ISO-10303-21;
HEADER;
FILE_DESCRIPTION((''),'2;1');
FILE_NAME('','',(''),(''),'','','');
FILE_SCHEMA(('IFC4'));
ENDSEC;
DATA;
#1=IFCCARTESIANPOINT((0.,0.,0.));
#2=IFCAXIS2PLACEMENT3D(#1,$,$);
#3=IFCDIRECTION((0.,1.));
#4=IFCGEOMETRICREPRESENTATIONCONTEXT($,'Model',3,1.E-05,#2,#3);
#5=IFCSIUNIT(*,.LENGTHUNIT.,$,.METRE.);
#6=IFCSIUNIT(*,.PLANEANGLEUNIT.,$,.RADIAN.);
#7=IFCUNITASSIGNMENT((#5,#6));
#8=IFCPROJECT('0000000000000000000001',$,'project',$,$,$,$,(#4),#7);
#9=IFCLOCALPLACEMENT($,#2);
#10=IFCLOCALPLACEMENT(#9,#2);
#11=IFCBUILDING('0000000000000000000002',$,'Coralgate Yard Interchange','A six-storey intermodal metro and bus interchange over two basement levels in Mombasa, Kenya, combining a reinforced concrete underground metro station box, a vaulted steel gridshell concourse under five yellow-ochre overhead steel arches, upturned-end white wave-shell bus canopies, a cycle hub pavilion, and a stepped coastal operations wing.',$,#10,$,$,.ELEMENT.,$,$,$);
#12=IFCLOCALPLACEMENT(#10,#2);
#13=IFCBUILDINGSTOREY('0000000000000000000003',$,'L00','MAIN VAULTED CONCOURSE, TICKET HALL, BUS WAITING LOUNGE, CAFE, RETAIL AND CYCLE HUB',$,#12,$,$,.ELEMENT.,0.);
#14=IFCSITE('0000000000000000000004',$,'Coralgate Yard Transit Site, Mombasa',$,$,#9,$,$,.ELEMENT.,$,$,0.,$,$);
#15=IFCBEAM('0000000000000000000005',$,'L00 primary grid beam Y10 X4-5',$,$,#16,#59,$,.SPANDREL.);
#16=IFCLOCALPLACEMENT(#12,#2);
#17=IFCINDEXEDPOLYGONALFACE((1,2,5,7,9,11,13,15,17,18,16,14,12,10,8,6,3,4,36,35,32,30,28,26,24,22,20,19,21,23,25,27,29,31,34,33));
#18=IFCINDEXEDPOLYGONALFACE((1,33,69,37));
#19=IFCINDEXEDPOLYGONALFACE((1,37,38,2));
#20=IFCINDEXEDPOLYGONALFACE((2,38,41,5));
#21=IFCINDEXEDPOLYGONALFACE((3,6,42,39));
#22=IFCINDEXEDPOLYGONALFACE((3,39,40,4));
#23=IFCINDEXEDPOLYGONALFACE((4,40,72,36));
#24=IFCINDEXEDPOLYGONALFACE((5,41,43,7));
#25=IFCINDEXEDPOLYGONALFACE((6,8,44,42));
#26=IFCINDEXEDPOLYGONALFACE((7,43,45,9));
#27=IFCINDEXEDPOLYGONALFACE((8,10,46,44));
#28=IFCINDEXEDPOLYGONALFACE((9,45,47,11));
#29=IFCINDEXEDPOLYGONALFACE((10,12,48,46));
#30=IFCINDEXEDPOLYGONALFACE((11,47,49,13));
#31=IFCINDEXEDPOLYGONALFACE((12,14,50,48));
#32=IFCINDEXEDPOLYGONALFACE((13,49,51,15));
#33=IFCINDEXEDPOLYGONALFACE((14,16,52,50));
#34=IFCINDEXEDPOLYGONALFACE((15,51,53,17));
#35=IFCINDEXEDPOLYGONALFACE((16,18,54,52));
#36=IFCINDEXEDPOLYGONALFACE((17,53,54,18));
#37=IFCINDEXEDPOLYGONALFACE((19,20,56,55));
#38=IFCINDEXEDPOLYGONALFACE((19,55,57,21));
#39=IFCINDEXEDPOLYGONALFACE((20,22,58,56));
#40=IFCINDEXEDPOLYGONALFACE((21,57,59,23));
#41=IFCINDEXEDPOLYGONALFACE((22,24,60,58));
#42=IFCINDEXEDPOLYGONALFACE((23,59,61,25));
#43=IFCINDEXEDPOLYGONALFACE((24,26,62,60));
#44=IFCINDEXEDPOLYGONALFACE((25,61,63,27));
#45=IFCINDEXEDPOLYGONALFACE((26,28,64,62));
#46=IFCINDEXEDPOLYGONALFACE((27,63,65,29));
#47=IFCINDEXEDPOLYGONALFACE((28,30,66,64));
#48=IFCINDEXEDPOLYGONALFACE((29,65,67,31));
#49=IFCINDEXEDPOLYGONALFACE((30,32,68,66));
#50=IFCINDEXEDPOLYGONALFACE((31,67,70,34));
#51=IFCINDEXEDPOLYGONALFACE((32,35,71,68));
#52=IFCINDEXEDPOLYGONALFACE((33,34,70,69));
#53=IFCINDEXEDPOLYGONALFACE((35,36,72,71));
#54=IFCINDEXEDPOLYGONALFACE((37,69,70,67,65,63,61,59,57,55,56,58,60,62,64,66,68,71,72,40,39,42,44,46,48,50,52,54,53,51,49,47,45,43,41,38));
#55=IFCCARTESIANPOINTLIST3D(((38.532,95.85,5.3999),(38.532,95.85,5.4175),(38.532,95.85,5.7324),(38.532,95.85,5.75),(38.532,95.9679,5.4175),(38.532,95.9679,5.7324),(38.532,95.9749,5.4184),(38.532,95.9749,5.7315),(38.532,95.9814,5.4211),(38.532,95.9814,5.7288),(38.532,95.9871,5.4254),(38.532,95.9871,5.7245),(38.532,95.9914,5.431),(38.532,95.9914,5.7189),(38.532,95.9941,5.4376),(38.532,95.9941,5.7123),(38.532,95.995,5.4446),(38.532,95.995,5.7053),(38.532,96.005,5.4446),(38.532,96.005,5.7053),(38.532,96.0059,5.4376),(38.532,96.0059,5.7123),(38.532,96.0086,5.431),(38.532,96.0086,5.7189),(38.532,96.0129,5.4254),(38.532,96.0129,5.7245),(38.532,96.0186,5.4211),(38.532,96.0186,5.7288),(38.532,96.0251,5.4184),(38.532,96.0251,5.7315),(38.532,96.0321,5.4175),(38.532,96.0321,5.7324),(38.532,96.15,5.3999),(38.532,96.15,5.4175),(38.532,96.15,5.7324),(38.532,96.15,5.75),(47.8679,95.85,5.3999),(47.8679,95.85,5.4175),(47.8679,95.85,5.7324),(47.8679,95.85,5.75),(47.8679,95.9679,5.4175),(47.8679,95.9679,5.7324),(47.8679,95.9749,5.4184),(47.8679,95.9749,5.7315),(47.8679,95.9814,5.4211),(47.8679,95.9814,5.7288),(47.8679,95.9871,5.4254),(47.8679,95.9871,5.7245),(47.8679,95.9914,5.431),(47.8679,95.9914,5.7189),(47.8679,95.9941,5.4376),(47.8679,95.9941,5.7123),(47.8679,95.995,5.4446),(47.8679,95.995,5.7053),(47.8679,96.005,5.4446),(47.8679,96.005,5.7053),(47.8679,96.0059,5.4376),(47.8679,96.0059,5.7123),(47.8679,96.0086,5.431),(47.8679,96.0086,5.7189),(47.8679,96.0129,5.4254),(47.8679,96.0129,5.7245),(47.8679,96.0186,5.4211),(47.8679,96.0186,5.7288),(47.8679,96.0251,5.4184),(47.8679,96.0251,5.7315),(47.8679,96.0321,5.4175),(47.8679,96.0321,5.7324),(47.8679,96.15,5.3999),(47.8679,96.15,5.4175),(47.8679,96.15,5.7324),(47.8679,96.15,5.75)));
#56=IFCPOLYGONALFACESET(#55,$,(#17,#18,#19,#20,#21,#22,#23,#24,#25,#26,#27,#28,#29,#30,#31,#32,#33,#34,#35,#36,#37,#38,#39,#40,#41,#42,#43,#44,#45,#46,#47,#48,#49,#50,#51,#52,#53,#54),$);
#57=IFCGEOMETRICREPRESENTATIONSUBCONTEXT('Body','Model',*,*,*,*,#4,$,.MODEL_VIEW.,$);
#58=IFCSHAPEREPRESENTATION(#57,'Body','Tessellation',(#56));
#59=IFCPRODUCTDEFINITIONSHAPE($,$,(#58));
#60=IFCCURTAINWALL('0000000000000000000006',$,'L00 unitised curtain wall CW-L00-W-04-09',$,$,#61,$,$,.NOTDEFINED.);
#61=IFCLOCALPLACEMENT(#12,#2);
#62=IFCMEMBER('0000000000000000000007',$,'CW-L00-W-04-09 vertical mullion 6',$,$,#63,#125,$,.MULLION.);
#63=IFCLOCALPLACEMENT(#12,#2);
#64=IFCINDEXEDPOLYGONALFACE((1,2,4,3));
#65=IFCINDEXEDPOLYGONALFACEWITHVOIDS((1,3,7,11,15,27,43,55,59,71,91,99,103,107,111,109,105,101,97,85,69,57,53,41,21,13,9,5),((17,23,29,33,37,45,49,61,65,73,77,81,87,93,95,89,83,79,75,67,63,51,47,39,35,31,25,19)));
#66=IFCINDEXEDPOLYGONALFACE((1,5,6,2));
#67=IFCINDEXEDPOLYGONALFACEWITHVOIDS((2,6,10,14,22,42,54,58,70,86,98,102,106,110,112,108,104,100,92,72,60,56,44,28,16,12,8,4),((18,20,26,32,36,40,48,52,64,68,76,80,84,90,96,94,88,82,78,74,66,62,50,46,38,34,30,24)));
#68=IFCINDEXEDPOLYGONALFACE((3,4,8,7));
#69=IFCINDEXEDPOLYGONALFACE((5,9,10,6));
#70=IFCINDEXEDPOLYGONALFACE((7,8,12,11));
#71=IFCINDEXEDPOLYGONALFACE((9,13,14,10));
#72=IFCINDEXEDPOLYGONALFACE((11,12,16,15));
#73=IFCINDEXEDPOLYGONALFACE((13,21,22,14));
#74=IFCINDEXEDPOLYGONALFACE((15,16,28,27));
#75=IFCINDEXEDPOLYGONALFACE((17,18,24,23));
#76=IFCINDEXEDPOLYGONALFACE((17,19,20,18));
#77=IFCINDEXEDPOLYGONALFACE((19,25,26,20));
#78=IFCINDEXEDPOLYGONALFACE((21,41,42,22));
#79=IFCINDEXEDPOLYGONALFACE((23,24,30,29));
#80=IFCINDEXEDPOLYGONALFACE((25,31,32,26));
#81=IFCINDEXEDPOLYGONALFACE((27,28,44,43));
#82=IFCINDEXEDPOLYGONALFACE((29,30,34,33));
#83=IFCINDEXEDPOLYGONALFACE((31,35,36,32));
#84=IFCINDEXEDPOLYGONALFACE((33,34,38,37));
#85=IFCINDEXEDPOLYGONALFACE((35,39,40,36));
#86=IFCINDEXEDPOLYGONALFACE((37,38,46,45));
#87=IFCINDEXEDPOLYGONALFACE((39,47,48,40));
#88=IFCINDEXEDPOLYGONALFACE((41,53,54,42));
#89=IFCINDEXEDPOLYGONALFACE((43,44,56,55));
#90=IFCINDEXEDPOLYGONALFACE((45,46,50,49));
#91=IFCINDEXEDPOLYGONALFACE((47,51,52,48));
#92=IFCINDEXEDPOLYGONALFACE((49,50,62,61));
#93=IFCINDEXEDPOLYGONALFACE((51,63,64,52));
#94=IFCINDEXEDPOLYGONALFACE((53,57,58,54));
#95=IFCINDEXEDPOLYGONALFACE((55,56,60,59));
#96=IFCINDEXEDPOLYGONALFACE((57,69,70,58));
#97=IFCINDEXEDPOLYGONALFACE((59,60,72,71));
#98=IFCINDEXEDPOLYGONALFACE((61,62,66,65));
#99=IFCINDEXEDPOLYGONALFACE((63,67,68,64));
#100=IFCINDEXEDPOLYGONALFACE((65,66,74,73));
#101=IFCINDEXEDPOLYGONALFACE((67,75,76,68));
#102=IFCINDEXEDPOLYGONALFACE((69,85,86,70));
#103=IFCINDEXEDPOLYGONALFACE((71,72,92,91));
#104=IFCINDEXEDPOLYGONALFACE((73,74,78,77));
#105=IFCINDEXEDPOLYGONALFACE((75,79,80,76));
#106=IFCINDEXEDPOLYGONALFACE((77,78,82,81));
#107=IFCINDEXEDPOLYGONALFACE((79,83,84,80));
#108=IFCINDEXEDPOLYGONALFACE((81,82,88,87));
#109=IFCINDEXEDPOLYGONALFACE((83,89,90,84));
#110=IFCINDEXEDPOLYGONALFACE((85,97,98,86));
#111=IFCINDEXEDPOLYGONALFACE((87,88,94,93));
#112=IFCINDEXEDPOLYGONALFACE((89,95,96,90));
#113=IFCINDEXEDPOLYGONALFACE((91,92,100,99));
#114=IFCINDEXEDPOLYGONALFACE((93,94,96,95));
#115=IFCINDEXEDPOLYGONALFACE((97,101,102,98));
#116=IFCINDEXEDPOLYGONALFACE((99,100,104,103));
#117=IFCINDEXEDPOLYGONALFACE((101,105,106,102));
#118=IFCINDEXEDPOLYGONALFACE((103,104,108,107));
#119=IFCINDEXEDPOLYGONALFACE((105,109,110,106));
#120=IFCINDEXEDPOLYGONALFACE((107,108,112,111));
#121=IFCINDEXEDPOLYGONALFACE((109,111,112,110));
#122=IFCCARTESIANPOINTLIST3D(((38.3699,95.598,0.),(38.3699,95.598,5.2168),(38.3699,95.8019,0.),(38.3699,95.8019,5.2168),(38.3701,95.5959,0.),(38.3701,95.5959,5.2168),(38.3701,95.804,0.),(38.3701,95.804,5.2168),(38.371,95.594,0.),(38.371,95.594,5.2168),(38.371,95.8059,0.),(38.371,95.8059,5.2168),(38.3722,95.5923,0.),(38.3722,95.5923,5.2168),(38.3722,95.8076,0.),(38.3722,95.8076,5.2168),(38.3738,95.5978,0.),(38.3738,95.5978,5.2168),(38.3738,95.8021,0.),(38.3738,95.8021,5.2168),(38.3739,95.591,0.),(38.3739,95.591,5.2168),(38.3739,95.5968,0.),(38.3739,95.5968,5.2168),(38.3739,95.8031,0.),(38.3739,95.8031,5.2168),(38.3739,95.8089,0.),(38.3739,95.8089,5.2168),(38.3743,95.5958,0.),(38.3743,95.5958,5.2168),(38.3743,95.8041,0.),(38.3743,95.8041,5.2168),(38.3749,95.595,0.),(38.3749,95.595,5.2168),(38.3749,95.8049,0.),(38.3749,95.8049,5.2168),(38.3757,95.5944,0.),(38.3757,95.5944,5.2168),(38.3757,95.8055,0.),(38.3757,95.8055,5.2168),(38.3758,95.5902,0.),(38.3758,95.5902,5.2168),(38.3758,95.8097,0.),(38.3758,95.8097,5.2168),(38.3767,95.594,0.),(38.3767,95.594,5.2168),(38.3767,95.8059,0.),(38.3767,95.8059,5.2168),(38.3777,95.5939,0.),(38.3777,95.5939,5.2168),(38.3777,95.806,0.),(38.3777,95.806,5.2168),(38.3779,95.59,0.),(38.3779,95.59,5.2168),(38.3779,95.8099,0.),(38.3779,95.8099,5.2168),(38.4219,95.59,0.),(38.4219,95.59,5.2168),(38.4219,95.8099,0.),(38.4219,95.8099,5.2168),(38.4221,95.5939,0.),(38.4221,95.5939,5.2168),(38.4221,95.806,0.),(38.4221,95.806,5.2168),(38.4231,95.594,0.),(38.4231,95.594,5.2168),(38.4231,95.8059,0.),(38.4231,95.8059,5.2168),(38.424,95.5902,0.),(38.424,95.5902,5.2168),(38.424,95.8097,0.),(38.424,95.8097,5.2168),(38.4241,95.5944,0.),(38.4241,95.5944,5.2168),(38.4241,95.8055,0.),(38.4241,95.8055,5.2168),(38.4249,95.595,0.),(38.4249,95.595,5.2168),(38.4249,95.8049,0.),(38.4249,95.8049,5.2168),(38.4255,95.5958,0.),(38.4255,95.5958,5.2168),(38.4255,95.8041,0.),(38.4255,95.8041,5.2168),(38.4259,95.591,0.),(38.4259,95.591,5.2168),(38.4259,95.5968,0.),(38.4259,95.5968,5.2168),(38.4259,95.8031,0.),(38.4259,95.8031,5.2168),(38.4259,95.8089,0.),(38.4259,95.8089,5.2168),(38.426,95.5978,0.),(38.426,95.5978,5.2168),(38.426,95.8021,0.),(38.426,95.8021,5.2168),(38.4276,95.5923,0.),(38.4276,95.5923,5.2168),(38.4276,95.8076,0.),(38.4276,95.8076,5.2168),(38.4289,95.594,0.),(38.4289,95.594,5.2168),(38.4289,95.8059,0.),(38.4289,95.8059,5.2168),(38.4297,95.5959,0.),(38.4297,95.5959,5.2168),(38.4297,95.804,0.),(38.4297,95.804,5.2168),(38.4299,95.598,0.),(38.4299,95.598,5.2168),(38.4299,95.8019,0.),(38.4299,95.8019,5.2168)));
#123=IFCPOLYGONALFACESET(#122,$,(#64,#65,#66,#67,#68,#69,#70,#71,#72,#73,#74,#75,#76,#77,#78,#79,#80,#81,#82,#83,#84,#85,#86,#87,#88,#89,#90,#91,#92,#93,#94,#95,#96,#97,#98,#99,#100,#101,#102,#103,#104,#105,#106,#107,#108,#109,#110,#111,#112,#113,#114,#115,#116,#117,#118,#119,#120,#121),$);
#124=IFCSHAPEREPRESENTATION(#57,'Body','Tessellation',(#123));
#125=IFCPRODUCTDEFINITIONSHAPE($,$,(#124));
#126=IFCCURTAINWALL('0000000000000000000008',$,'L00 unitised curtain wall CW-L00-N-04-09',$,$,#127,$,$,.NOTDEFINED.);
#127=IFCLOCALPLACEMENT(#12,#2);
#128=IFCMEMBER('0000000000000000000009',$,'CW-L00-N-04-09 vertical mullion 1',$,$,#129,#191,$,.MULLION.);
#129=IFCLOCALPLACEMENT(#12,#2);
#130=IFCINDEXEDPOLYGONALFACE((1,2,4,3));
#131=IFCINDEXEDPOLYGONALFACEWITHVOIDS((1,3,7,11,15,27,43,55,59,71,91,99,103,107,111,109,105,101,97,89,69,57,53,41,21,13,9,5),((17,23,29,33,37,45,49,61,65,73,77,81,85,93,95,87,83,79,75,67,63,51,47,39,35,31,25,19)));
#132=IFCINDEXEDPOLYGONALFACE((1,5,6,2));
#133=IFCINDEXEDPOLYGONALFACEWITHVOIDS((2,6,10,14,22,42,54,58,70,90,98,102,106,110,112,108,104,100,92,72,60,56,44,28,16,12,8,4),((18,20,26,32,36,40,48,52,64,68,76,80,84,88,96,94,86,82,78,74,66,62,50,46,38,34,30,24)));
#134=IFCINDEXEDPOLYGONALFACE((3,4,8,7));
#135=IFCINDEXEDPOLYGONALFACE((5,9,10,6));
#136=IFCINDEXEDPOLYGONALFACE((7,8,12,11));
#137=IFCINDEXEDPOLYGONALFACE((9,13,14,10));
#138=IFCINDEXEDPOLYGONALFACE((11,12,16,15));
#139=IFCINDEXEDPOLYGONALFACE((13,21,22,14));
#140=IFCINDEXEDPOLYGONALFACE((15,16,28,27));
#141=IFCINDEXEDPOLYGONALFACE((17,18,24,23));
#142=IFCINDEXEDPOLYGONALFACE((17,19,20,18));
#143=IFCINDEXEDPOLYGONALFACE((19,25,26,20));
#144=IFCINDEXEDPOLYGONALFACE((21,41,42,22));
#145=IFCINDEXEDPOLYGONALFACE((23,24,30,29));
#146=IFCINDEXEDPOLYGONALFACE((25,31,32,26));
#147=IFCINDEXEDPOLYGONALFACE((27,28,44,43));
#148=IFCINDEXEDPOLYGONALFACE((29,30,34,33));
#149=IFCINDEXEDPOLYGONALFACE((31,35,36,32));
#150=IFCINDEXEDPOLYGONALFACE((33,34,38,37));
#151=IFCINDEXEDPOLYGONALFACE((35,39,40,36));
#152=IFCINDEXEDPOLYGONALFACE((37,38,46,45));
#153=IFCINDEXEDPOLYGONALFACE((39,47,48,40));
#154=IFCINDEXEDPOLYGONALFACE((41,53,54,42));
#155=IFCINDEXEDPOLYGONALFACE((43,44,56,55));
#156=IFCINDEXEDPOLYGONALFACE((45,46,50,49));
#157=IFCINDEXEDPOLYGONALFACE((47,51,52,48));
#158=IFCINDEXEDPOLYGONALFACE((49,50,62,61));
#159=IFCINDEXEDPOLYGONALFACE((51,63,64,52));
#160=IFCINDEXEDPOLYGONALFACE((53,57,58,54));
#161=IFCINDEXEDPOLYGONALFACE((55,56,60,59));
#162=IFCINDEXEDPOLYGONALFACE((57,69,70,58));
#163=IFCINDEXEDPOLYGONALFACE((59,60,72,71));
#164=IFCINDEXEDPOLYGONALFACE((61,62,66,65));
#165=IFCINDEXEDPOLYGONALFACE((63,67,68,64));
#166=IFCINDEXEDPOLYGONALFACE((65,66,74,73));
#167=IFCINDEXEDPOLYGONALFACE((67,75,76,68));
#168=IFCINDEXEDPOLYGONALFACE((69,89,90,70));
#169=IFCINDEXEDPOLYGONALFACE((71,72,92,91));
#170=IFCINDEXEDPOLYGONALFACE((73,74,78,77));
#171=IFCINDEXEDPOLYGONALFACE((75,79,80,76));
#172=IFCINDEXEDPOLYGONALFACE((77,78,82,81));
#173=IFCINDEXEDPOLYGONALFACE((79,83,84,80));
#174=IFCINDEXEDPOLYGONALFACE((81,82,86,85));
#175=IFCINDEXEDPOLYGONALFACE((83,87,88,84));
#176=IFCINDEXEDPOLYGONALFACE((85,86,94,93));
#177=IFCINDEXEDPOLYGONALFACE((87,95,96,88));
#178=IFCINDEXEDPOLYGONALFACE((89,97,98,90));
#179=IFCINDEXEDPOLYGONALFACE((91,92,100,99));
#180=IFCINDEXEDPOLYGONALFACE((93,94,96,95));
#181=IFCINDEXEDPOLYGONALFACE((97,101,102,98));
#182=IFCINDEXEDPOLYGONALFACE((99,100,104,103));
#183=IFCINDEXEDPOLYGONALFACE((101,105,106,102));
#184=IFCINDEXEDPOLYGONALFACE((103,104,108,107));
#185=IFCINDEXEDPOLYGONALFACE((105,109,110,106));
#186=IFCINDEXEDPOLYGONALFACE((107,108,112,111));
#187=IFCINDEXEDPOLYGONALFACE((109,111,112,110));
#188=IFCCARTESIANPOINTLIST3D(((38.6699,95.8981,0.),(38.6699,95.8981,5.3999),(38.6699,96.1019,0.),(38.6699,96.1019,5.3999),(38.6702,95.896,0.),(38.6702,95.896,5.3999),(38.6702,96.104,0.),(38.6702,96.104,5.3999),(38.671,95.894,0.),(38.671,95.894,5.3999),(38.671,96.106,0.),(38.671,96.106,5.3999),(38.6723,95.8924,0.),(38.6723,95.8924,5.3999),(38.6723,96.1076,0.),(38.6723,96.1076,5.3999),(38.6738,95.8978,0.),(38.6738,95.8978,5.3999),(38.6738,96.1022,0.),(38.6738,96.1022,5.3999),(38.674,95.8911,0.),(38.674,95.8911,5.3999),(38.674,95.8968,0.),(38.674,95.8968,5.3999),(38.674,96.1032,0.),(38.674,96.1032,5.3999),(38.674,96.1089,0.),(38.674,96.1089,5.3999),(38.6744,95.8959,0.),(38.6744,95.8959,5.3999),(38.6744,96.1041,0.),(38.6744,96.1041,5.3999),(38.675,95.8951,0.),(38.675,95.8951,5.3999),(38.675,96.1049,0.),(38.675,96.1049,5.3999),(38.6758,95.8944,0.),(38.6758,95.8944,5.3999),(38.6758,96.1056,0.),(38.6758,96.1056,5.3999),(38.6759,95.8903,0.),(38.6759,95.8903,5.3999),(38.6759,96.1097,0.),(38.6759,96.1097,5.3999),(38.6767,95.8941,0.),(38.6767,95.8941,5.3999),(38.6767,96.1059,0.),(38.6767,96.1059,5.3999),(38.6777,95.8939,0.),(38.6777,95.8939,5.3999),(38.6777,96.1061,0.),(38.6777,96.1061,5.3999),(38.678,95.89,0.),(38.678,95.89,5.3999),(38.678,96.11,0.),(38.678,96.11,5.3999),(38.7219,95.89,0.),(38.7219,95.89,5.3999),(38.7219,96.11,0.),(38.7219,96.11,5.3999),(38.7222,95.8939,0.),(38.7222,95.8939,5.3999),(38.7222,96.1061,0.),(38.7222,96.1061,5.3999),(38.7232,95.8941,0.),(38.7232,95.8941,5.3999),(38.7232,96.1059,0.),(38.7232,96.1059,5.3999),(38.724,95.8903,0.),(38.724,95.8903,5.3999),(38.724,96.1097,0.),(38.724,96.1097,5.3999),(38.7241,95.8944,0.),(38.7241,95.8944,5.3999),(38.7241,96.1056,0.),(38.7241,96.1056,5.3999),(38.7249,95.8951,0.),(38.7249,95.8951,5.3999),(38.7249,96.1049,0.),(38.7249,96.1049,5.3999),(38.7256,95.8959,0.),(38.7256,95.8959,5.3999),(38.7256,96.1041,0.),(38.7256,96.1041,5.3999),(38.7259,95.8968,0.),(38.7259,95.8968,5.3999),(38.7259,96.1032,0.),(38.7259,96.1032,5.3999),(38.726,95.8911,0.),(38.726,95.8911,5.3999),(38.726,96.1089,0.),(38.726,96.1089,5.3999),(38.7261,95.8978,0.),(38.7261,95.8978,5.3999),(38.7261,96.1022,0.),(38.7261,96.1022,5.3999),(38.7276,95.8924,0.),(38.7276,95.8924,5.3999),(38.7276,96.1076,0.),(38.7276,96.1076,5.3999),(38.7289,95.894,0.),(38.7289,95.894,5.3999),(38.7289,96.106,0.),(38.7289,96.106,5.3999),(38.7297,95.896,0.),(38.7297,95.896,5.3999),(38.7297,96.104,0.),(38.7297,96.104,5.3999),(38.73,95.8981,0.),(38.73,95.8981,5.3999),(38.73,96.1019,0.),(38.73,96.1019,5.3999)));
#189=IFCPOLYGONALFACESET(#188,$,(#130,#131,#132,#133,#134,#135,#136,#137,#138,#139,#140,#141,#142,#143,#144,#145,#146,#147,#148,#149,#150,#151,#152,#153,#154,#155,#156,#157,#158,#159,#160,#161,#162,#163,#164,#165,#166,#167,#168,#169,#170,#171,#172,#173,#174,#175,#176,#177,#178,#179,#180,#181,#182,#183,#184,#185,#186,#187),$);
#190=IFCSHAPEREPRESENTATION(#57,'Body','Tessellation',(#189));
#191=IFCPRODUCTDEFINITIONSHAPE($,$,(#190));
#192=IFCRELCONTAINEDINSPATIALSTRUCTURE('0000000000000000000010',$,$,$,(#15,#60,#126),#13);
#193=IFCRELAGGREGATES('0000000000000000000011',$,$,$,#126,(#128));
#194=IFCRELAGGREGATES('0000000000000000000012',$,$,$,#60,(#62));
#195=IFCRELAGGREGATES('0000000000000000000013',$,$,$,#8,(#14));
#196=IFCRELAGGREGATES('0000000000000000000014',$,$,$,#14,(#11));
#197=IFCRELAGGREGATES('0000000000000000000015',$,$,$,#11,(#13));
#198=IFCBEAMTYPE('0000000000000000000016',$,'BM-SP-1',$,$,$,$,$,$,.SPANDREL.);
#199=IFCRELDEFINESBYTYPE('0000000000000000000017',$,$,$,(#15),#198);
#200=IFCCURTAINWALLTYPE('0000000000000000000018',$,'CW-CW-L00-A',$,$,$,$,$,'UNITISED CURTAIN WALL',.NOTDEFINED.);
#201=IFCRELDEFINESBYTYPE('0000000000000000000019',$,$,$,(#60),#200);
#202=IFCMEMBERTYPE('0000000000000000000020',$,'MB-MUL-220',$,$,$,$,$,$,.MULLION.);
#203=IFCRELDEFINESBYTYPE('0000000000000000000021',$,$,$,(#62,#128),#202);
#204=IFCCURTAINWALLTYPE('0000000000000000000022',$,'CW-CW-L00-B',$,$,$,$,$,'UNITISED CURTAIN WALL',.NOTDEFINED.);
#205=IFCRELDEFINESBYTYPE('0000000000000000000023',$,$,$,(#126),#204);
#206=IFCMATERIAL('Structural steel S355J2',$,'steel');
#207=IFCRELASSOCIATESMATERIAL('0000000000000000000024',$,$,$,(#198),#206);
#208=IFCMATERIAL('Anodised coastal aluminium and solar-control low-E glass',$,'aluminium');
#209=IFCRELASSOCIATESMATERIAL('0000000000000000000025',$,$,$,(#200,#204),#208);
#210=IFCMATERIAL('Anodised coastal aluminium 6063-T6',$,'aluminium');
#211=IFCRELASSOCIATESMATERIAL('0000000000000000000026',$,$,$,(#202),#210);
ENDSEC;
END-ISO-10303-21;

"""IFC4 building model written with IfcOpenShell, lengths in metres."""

from ifc_helpers import new_model, si_unit, direction, frame, origin, origin_2d, place, context, subcontext, project, spatial, hollow_rectangle, i_section, extrude, material, material_profile, profile_set, type_object, element, aggregate, save


model = new_model("IFC4")

# Units and contexts
model_context = context("Model", 3, precision=1e-05, world=origin(), true_north=direction((0.0, 1.0)))
body_context = subcontext(model_context, "Body", "Model", "MODEL_VIEW")
ifc_project = project(units=[si_unit("LENGTHUNIT", "METRE"), si_unit("PLANEANGLEUNIT", "RADIAN")], contexts=[model_context])

# Site, building, storey
site_placement = place(None, origin())
site = spatial("IfcSite", under=ifc_project, at=site_placement, Name="Coralgate Yard Transit Site, Mombasa", CompositionType="ELEMENT", RefElevation=0.0)
building_placement = place(site_placement, origin())
building = spatial("IfcBuilding", under=site, at=building_placement, Name="Coralgate Yard Interchange", Description="A six-storey intermodal metro and bus interchange over two basement levels in Mombasa, Kenya, combining a reinforced concrete underground metro station box, a vaulted steel gridshell concourse under five yellow-ochre overhead steel arches, upturned-end white wave-shell bus canopies, a cycle hub pavilion, and a stepped coastal operations wing.", CompositionType="ELEMENT")
storey_placement = place(building_placement, origin())
storey = spatial("IfcBuildingStorey", under=building, at=storey_placement, Name="L00", Description="MAIN VAULTED CONCOURSE, TICKET HALL, BUS WAITING LOUNGE, CAFE, RETAIL AND CYCLE HUB", CompositionType="ELEMENT", Elevation=0.0)

# Shared definitions
ifc_material_1 = material(Name="Structural steel S355J2", Category="steel")

# Beam
ifc_material_profile_1 = material_profile(ifc_material_1, i_section(OverallWidth=0.3, OverallDepth=0.3501, WebThickness=0.01, FlangeThickness=0.0176, FilletRadius=0.0271, at=origin_2d()), Name="HEA 360")
ifc_profile_set_1 = profile_set([ifc_material_profile_1], Name="Structural steel S355J2")
beam_type_1 = type_object("IfcBeamType", Name="BM-SP-1", PredefinedType="SPANDREL", material=ifc_profile_set_1)
beam_placement = place(storey_placement, frame((38.532, 96.0, 5.575), z_axis=(1.0, 0.0, 0.0), x_axis=(0.0, 1.0, 0.0)))
element("IfcBeam", 1, at=beam_placement, inside=storey, type_object=beam_type_1, Name="L00 primary grid beam Y10 X4-5", PredefinedType="SPANDREL", context=body_context, shape_type="SweptSolid", body=[
    extrude(i_section(OverallWidth=0.3, OverallDepth=0.3501, WebThickness=0.01, FlangeThickness=0.0176, FilletRadius=0.0271, at=origin_2d()), origin(), (0.0, 0.0, 1.0), 9.3359),
])

# Curtain wall, member
ifc_material_2 = material(Name="Anodised coastal aluminium and solar-control low-E glass", Category="aluminium")
curtain_wall_type_1 = type_object("IfcCurtainWallType", Name="CW-CW-L00-A", ElementType="UNITISED CURTAIN WALL", PredefinedType="NOTDEFINED", material=ifc_material_2)
curtain_wall_1_placement = place(storey_placement, origin())
curtain_wall_1 = element("IfcCurtainWall", 2, at=curtain_wall_1_placement, inside=storey, type_object=curtain_wall_type_1, Name="L00 unitised curtain wall CW-L00-W-04-09", PredefinedType="NOTDEFINED")
ifc_material_3 = material(Name="Anodised coastal aluminium 6063-T6", Category="aluminium")
ifc_material_profile_2 = material_profile(ifc_material_3, hollow_rectangle(XDim=0.0601, YDim=0.22, WallThickness=0.0039, InnerFilletRadius=0.0039, OuterFilletRadius=0.0081, at=origin_2d()), Name="ALU 60x220x4")
ifc_profile_set_2 = profile_set([ifc_material_profile_2], Name="Anodised coastal aluminium 6063-T6")
member_type_1 = type_object("IfcMemberType", Name="MB-MUL-220", PredefinedType="MULLION", material=ifc_profile_set_2)
member_1_placement = place(storey_placement, frame((38.3999, 95.7, 0.0), z_axis=(0.0, 0.0, 1.0), x_axis=(1.0, 0.0, 0.0)))
member_1 = element("IfcMember", 3, at=member_1_placement, type_object=member_type_1, Name="CW-L00-W-04-09 vertical mullion 6", PredefinedType="MULLION", context=body_context, shape_type="SweptSolid", body=[
    extrude(hollow_rectangle(XDim=0.0601, YDim=0.22, WallThickness=0.0039, InnerFilletRadius=0.0039, OuterFilletRadius=0.0081, at=origin_2d()), origin(), (0.0, 0.0, 1.0), 5.2168),
])

# Curtain wall, member
curtain_wall_type_2 = type_object("IfcCurtainWallType", Name="CW-CW-L00-B", ElementType="UNITISED CURTAIN WALL", PredefinedType="NOTDEFINED", material=ifc_material_2)
curtain_wall_2_placement = place(storey_placement, origin())
curtain_wall_2 = element("IfcCurtainWall", 4, at=curtain_wall_2_placement, inside=storey, type_object=curtain_wall_type_2, Name="L00 unitised curtain wall CW-L00-N-04-09", PredefinedType="NOTDEFINED")
member_2_placement = place(storey_placement, frame((38.7, 96.0, 0.0), z_axis=(0.0, 0.0, 1.0), x_axis=(1.0, 0.0, 0.0)))
member_2 = element("IfcMember", 5, at=member_2_placement, type_object=member_type_1, Name="CW-L00-N-04-09 vertical mullion 1", PredefinedType="MULLION", context=body_context, shape_type="SweptSolid", body=[
    extrude(hollow_rectangle(XDim=0.0601, YDim=0.22, WallThickness=0.0039, InnerFilletRadius=0.0039, OuterFilletRadius=0.0081, at=origin_2d()), origin(), (0.0, 0.0, 1.0), 5.3999),
])
aggregate(curtain_wall_2, [member_2])

aggregate(curtain_wall_1, [member_1])

save(model, "model.ifc")
